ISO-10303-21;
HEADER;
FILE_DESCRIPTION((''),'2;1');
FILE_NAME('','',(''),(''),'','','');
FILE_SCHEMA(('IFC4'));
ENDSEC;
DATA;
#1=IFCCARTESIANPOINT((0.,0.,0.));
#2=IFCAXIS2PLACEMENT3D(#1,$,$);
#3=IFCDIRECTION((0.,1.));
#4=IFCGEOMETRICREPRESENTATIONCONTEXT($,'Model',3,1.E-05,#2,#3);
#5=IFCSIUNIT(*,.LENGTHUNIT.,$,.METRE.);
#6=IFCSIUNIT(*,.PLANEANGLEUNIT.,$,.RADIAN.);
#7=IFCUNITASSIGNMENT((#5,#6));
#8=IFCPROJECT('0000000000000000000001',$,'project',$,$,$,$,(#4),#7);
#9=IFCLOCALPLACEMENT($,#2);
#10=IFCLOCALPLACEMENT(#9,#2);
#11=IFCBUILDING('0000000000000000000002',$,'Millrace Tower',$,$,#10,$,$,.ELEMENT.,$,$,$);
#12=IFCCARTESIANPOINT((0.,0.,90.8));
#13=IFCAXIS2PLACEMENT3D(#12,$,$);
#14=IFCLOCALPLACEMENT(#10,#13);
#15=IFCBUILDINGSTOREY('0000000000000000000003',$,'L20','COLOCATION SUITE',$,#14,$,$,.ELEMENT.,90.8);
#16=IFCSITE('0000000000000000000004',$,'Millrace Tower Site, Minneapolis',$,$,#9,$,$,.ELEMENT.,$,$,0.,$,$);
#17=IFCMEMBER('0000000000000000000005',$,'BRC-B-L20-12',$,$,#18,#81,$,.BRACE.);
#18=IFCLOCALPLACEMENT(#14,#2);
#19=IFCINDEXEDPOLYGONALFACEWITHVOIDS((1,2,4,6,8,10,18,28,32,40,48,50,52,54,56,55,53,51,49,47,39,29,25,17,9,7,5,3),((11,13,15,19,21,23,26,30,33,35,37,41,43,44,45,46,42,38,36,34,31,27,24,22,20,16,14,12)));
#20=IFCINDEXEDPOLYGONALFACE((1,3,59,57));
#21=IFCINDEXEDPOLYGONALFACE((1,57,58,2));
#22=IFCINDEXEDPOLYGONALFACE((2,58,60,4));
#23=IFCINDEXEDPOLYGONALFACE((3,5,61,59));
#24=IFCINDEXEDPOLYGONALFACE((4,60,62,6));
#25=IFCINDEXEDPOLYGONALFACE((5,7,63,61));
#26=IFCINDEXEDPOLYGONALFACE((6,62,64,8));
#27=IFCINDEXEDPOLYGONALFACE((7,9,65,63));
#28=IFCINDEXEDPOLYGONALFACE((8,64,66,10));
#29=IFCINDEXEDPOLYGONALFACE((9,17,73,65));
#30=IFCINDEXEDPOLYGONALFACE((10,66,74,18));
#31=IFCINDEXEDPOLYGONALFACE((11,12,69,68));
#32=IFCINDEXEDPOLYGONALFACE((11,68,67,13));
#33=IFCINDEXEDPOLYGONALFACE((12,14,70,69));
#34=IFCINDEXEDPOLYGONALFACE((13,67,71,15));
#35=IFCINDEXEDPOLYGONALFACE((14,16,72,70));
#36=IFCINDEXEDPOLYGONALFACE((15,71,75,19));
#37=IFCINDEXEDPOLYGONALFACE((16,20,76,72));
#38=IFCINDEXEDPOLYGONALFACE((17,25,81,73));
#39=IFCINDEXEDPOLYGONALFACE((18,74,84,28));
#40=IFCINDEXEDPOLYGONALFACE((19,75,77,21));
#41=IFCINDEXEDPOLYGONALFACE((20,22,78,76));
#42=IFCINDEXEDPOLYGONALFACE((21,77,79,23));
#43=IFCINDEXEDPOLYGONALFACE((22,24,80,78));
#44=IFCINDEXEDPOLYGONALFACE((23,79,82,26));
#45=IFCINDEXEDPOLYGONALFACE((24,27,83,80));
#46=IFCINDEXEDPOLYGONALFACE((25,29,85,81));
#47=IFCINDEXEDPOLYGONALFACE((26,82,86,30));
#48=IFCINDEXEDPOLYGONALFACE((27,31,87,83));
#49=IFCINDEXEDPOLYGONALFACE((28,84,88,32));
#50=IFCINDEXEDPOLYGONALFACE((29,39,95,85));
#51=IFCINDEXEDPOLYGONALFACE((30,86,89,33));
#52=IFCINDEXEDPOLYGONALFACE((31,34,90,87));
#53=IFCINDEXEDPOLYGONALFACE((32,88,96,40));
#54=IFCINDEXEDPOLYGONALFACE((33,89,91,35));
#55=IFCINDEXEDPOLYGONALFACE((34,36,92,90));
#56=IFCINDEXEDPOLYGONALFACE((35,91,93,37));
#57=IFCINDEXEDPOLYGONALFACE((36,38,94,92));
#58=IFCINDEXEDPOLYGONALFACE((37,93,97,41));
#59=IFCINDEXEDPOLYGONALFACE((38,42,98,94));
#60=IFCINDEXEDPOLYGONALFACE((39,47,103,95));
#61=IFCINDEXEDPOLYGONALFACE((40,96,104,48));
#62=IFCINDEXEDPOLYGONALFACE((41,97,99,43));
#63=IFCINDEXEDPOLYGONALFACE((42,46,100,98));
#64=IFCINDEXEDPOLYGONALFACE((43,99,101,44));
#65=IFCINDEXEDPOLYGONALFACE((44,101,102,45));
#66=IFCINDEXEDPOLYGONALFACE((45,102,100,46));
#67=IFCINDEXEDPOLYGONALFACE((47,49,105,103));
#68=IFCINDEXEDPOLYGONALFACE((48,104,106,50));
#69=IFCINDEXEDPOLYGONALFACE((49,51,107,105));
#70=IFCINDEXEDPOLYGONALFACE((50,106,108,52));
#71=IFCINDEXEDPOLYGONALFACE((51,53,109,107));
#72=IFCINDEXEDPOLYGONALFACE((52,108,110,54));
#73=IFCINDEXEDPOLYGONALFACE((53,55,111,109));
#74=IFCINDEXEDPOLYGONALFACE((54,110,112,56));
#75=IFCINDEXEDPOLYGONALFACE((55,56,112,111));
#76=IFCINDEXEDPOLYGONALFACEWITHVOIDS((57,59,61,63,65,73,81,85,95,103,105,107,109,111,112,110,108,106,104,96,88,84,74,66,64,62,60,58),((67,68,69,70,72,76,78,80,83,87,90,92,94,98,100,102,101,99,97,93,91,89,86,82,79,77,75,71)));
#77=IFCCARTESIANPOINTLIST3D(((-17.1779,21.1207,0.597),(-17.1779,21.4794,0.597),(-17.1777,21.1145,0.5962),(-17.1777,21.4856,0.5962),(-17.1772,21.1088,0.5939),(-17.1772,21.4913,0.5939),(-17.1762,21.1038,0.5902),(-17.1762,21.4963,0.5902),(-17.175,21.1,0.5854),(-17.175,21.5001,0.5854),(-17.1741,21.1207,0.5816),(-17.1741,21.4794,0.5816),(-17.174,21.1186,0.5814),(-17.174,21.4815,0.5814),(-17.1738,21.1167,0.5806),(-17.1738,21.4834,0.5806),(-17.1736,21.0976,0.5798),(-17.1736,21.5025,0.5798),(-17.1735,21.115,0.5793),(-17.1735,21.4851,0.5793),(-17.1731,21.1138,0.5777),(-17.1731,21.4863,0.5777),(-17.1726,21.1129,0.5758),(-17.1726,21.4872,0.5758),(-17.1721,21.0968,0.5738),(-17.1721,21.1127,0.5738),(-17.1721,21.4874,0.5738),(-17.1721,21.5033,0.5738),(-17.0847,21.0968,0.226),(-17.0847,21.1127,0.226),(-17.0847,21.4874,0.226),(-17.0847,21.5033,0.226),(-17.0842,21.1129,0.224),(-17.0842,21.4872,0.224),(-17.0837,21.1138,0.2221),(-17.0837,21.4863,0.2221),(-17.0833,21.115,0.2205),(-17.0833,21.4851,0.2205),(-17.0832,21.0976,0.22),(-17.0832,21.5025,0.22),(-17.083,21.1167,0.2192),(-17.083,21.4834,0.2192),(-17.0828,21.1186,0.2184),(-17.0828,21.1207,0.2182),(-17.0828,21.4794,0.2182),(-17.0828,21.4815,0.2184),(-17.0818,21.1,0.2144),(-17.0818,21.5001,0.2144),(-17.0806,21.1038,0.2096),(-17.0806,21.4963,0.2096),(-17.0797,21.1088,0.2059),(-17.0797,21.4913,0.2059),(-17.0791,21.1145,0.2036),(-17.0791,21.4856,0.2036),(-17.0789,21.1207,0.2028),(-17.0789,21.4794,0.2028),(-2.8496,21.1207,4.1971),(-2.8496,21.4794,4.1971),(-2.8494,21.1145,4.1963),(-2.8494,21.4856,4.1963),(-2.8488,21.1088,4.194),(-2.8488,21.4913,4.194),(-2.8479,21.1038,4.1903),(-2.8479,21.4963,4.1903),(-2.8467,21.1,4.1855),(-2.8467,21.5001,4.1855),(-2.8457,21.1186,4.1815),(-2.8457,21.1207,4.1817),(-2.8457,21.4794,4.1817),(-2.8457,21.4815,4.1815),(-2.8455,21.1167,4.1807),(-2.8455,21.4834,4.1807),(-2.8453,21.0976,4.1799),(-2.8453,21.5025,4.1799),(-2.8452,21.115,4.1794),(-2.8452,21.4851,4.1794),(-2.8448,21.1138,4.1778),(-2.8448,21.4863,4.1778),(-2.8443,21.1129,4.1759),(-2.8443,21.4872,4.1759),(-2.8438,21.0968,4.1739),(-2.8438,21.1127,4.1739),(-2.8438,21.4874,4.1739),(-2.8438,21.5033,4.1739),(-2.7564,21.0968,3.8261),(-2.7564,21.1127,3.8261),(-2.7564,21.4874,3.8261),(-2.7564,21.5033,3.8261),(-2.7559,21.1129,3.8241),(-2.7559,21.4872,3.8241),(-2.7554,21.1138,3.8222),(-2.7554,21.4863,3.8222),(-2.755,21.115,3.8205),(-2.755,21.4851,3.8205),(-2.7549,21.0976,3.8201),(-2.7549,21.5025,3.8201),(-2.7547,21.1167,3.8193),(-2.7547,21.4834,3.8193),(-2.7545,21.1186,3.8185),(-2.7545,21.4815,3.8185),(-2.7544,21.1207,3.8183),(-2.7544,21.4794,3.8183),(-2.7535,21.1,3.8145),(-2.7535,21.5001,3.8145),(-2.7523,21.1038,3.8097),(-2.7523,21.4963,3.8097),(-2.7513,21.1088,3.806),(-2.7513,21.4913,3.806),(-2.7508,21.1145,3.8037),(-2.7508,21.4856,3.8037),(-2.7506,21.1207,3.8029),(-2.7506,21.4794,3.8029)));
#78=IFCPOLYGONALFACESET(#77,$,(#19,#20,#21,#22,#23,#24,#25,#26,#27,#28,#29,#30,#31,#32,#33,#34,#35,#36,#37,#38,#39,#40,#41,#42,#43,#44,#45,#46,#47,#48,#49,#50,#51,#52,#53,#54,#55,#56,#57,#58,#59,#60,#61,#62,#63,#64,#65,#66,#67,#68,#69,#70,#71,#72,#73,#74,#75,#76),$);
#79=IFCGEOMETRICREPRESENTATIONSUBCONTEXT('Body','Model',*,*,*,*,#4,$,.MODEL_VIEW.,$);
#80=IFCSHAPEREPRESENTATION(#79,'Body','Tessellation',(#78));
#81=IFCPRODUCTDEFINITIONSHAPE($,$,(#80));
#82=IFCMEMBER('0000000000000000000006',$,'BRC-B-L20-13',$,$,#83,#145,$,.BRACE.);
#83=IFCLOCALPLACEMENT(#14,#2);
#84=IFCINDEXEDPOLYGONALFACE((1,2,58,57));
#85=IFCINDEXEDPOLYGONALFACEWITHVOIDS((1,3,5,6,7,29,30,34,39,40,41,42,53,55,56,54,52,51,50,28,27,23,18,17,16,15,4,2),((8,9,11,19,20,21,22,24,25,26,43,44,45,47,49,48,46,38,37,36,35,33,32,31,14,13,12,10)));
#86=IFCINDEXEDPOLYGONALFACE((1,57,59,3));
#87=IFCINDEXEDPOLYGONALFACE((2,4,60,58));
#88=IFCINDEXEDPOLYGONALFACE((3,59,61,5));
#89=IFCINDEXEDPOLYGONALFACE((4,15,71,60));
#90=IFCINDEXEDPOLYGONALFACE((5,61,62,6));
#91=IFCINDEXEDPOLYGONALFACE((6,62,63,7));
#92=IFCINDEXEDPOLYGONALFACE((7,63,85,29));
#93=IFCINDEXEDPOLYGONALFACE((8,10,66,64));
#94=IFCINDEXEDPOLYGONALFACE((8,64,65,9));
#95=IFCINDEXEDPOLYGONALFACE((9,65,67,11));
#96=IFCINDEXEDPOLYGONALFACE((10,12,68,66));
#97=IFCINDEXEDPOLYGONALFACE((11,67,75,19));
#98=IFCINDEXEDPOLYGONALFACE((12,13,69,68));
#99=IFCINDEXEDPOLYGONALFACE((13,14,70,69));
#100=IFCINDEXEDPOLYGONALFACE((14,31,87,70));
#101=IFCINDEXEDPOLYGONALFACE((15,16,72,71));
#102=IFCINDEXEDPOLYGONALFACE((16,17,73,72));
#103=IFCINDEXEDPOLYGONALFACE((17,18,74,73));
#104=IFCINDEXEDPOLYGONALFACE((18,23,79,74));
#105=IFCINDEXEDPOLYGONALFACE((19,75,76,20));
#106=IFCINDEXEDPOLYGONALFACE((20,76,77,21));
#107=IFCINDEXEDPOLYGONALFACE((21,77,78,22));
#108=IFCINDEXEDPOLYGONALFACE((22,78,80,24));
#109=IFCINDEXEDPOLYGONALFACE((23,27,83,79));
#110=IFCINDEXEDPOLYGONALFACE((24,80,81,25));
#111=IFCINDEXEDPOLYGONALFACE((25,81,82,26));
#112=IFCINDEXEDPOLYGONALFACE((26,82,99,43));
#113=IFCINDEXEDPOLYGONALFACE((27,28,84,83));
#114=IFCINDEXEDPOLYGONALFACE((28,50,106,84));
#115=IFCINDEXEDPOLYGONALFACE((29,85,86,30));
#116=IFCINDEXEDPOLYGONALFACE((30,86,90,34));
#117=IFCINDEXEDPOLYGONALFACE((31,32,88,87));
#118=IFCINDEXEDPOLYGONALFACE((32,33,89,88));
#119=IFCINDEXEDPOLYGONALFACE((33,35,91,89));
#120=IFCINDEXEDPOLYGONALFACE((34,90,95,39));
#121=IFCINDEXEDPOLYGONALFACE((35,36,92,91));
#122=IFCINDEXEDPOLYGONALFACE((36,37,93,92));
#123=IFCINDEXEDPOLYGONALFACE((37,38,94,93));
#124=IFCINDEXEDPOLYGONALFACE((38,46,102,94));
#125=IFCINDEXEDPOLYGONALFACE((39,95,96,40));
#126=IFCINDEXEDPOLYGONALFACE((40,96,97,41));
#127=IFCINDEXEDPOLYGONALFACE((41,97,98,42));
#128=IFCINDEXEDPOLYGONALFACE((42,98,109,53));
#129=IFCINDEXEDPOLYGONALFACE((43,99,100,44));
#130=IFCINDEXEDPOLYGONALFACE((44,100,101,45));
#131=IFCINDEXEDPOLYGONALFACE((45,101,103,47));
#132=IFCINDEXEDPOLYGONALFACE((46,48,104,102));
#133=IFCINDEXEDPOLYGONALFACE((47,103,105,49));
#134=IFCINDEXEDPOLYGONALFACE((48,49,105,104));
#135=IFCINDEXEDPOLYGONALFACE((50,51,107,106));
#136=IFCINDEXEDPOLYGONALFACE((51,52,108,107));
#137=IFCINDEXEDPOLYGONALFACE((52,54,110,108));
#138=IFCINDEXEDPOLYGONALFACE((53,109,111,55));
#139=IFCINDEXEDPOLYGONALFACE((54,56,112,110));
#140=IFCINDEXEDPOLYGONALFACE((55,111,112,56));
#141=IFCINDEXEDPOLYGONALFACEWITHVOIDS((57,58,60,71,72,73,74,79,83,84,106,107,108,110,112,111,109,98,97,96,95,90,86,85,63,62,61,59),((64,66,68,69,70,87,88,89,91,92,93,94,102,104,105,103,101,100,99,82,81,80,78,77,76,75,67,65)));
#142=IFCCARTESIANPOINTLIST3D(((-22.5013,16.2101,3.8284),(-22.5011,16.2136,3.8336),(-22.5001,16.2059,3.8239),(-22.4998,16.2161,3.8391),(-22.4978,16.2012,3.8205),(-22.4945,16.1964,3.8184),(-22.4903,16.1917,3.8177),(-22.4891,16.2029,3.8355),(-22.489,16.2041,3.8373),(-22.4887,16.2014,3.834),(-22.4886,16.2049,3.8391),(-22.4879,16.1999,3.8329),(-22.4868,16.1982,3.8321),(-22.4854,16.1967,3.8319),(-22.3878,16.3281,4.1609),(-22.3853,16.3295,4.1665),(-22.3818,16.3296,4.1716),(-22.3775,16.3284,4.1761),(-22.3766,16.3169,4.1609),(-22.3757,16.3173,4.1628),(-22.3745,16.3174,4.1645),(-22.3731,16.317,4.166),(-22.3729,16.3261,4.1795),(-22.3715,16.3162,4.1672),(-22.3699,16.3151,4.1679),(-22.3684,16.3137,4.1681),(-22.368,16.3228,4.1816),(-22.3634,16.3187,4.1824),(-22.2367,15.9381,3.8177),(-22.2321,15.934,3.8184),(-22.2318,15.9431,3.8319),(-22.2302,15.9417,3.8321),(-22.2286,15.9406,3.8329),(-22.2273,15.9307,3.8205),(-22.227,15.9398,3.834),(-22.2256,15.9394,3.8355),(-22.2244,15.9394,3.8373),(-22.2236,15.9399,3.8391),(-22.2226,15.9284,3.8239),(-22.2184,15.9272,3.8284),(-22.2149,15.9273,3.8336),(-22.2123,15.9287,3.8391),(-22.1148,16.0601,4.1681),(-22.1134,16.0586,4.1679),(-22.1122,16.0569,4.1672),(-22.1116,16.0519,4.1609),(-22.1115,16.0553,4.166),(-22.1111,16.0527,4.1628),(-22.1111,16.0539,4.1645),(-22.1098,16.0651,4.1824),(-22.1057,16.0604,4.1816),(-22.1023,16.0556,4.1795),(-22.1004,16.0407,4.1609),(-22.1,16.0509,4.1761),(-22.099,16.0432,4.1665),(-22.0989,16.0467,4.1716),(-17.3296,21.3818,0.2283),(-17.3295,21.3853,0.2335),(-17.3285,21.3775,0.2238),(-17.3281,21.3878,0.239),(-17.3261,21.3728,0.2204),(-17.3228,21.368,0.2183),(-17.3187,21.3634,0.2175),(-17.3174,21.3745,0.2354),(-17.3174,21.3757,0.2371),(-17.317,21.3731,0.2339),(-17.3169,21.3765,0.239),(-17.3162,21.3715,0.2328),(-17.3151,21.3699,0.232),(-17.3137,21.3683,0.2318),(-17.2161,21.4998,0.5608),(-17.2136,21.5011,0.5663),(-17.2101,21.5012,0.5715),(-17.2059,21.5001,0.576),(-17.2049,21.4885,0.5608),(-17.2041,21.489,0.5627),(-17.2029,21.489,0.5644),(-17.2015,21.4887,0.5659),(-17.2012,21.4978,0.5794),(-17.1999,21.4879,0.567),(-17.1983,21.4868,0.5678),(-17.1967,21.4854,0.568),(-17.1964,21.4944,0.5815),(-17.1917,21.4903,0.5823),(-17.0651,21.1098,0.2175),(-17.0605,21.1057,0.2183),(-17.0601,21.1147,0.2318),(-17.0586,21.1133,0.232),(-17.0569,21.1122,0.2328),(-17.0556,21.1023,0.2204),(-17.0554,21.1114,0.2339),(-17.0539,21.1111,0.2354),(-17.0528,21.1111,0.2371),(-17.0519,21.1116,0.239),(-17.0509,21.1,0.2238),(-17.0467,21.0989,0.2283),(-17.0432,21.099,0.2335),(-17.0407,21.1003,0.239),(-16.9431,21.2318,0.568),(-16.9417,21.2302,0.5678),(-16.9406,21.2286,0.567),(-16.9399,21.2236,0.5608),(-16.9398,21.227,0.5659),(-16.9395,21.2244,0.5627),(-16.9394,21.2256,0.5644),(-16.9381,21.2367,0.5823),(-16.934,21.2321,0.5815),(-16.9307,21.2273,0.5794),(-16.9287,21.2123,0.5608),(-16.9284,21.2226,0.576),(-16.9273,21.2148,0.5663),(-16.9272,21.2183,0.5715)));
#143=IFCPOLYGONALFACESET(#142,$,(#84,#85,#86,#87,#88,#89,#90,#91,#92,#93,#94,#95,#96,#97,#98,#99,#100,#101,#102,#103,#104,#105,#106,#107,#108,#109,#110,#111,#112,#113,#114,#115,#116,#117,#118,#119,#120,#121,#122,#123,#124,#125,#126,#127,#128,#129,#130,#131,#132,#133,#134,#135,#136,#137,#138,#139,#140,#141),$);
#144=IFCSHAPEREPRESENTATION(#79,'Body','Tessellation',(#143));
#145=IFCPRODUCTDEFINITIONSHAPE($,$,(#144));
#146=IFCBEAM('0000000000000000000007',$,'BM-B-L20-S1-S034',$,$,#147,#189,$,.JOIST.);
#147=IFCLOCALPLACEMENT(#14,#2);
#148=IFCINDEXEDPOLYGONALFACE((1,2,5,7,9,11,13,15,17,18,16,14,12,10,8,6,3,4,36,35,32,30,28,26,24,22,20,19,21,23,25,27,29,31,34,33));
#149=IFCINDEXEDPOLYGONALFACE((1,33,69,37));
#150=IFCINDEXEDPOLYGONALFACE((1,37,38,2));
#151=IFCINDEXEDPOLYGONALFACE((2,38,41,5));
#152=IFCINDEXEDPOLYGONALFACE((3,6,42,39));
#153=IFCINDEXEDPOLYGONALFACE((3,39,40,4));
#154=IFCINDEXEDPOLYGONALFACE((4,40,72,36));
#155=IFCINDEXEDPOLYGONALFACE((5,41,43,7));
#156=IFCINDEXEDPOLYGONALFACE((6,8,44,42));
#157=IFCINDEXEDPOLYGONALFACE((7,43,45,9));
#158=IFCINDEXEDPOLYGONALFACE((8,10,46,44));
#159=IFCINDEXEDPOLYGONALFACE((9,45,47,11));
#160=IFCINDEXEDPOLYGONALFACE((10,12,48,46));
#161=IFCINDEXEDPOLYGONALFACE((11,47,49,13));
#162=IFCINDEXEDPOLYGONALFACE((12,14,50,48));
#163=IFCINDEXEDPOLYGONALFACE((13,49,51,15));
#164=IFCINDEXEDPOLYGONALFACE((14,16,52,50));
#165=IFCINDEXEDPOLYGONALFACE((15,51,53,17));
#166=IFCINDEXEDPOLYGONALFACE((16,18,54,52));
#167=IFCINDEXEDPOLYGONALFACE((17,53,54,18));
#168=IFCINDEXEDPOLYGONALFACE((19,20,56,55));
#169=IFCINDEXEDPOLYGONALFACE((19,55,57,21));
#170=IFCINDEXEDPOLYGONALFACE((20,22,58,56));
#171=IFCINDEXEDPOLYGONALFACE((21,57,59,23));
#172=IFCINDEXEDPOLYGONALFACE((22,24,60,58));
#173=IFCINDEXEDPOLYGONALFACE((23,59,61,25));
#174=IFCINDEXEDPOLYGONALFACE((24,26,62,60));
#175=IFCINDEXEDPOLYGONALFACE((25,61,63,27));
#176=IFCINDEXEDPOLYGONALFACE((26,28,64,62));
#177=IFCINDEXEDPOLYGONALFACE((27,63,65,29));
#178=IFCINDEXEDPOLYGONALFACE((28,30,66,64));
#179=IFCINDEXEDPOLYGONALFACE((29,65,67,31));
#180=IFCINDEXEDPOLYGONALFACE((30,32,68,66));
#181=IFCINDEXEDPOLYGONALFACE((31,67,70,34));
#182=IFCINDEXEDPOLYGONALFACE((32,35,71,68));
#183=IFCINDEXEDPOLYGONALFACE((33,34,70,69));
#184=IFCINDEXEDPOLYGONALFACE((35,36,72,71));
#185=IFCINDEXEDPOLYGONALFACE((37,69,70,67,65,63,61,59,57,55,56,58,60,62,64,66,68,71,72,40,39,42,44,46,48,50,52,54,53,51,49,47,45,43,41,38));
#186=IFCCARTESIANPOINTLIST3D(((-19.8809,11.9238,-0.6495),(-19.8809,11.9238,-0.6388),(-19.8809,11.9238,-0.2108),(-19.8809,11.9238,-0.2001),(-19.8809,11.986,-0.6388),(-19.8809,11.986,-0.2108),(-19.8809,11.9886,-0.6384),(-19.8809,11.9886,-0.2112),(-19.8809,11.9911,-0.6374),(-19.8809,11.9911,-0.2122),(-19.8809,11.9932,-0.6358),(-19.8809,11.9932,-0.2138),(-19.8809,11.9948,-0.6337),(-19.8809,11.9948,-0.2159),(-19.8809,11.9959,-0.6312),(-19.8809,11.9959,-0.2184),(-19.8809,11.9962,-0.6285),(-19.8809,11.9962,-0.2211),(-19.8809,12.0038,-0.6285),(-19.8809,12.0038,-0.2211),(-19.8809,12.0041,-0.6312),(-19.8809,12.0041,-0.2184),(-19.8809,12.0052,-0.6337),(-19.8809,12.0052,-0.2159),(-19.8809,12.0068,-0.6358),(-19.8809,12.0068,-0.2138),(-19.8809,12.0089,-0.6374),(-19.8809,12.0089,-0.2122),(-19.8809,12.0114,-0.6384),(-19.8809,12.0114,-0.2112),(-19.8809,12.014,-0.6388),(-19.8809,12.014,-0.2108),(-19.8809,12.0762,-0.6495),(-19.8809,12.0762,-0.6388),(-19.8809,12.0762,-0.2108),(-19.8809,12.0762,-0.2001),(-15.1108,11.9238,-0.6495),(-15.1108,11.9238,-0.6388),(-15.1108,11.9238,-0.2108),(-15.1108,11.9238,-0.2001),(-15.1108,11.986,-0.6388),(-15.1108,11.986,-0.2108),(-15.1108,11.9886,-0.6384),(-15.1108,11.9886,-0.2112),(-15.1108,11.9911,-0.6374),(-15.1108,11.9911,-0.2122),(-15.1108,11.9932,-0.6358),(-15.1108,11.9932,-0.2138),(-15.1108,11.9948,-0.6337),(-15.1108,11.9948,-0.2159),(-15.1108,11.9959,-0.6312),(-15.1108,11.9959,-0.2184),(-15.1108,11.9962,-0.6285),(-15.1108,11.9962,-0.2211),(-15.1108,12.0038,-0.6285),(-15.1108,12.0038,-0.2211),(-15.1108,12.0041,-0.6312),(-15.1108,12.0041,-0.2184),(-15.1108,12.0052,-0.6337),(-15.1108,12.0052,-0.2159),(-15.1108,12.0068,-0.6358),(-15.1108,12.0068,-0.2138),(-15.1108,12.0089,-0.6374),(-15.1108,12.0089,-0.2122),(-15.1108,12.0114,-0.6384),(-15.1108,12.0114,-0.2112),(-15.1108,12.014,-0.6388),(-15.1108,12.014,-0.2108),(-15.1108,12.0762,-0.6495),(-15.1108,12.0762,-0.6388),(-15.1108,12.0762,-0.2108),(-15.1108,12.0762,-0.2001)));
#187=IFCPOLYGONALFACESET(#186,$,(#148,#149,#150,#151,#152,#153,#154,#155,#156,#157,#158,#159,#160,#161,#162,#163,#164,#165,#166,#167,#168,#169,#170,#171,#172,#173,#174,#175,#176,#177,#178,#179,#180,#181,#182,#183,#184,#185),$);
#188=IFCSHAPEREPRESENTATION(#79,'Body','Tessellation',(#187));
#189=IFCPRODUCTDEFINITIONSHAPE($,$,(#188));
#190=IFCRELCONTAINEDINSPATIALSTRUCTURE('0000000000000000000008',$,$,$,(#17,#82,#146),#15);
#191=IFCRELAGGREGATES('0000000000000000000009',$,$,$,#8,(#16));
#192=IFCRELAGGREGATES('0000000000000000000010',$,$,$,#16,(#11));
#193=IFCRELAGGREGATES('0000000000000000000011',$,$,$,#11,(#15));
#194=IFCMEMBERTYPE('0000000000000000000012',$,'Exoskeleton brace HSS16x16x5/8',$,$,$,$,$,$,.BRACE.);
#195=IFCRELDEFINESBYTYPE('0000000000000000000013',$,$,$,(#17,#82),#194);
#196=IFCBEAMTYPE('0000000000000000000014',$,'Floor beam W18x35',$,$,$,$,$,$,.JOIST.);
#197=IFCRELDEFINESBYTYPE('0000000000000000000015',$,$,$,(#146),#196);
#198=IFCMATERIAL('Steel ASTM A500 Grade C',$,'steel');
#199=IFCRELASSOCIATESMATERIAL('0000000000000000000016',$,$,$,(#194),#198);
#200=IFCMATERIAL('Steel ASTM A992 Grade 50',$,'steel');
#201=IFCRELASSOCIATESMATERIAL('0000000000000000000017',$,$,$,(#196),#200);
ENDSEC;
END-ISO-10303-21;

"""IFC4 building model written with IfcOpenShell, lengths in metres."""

from ifc_helpers import new_model, si_unit, direction, frame, origin, origin_2d, place, context, subcontext, project, spatial, hollow_rectangle, i_section, extrude, material, material_profile, profile_set, type_object, element, save


model = new_model("IFC4")

# Units and contexts
model_context = context("Model", 3, precision=1e-05, world=origin(), true_north=direction((0.0, 1.0)))
body_context = subcontext(model_context, "Body", "Model", "MODEL_VIEW")
ifc_project = project(units=[si_unit("LENGTHUNIT", "METRE"), si_unit("PLANEANGLEUNIT", "RADIAN")], contexts=[model_context])

# Site, building, storey
site_placement = place(None, origin())
site = spatial("IfcSite", under=ifc_project, at=site_placement, Name="Millrace Tower Site, Minneapolis", CompositionType="ELEMENT", RefElevation=0.0)
building_placement = place(site_placement, origin())
building = spatial("IfcBuilding", under=site, at=building_placement, Name="Millrace Tower", CompositionType="ELEMENT")
storey_placement = place(building_placement, frame((0.0, 0.0, 90.8)))
storey = spatial("IfcBuildingStorey", under=building, at=storey_placement, Name="L20", Description="COLOCATION SUITE", CompositionType="ELEMENT", Elevation=90.8)

# Members
ifc_material_1 = material(Name="Steel ASTM A500 Grade C", Category="steel")
ifc_material_profile_1 = material_profile(ifc_material_1, hollow_rectangle(XDim=0.4065, YDim=0.4065, WallThickness=0.0159, InnerFilletRadius=0.0081, OuterFilletRadius=0.0239, at=origin_2d()))
ifc_profile_set_1 = profile_set([ifc_material_profile_1], Name="Steel ASTM A500 Grade C")
member_type_1 = type_object("IfcMemberType", Name="Exoskeleton brace HSS16x16x5/8", PredefinedType="BRACE", material=ifc_profile_set_1)
member_1_placement = place(storey_placement, frame((-17.1284, 21.3, 0.3999), z_axis=(0.969855, 0.0, 0.243683), x_axis=(0.0, 1.0, 0.0)))
element("IfcMember", 1, at=member_1_placement, inside=storey, type_object=member_type_1, Name="BRC-B-L20-12", PredefinedType="BRACE", context=body_context, shape_type="SweptSolid", body=[
    extrude(hollow_rectangle(XDim=0.4065, YDim=0.4065, WallThickness=0.0159, InnerFilletRadius=0.0081, OuterFilletRadius=0.0239, at=origin_2d()), origin(), (0.0, 0.0, 1.0), 14.7737),
])
member_2_placement = place(storey_placement, frame((-17.1284, 21.3, 0.3999), z_axis=(-0.634414, -0.634414, 0.441631), x_axis=(0.707107, -0.707107, 0.0)))
element("IfcMember", 2, at=member_2_placement, inside=storey, type_object=member_type_1, Name="BRC-B-L20-13", PredefinedType="BRACE", context=body_context, shape_type="SweptSolid", body=[
    extrude(hollow_rectangle(XDim=0.4065, YDim=0.4065, WallThickness=0.0159, InnerFilletRadius=0.0081, OuterFilletRadius=0.0239, at=origin_2d()), origin(), (0.0, 0.0, 1.0), 8.1519),
])

# Beam
ifc_material_2 = material(Name="Steel ASTM A992 Grade 50", Category="steel")
ifc_material_profile_2 = material_profile(ifc_material_2, i_section(OverallWidth=0.1523, OverallDepth=0.4495, WebThickness=0.0076, FlangeThickness=0.0107, FilletRadius=0.0103, at=origin_2d()))
ifc_profile_set_2 = profile_set([ifc_material_profile_2], Name="Steel ASTM A992 Grade 50")
beam_type_1 = type_object("IfcBeamType", Name="Floor beam W18x35", PredefinedType="JOIST", material=ifc_profile_set_2)
for number, where, z_axis, x_axis, name in (
    (3, (-19.8809, 12.0, -0.4248), (1.0, 0.0, 0.0), (0.0, 1.0, 0.0), "BM-B-L20-S1-S034"),
):
    element("IfcBeam", number, at=place(storey_placement, frame(where, z_axis=z_axis, x_axis=x_axis)), inside=storey, type_object=beam_type_1, Name=name, PredefinedType="JOIST", context=body_context, shape_type="SweptSolid", body=[
        extrude(i_section(OverallWidth=0.1523, OverallDepth=0.4495, WebThickness=0.0076, FlangeThickness=0.0107, FilletRadius=0.0103, at=origin_2d()), origin(), (0.0, 0.0, 1.0), 4.77),
    ])

save(model, "model.ifc")
